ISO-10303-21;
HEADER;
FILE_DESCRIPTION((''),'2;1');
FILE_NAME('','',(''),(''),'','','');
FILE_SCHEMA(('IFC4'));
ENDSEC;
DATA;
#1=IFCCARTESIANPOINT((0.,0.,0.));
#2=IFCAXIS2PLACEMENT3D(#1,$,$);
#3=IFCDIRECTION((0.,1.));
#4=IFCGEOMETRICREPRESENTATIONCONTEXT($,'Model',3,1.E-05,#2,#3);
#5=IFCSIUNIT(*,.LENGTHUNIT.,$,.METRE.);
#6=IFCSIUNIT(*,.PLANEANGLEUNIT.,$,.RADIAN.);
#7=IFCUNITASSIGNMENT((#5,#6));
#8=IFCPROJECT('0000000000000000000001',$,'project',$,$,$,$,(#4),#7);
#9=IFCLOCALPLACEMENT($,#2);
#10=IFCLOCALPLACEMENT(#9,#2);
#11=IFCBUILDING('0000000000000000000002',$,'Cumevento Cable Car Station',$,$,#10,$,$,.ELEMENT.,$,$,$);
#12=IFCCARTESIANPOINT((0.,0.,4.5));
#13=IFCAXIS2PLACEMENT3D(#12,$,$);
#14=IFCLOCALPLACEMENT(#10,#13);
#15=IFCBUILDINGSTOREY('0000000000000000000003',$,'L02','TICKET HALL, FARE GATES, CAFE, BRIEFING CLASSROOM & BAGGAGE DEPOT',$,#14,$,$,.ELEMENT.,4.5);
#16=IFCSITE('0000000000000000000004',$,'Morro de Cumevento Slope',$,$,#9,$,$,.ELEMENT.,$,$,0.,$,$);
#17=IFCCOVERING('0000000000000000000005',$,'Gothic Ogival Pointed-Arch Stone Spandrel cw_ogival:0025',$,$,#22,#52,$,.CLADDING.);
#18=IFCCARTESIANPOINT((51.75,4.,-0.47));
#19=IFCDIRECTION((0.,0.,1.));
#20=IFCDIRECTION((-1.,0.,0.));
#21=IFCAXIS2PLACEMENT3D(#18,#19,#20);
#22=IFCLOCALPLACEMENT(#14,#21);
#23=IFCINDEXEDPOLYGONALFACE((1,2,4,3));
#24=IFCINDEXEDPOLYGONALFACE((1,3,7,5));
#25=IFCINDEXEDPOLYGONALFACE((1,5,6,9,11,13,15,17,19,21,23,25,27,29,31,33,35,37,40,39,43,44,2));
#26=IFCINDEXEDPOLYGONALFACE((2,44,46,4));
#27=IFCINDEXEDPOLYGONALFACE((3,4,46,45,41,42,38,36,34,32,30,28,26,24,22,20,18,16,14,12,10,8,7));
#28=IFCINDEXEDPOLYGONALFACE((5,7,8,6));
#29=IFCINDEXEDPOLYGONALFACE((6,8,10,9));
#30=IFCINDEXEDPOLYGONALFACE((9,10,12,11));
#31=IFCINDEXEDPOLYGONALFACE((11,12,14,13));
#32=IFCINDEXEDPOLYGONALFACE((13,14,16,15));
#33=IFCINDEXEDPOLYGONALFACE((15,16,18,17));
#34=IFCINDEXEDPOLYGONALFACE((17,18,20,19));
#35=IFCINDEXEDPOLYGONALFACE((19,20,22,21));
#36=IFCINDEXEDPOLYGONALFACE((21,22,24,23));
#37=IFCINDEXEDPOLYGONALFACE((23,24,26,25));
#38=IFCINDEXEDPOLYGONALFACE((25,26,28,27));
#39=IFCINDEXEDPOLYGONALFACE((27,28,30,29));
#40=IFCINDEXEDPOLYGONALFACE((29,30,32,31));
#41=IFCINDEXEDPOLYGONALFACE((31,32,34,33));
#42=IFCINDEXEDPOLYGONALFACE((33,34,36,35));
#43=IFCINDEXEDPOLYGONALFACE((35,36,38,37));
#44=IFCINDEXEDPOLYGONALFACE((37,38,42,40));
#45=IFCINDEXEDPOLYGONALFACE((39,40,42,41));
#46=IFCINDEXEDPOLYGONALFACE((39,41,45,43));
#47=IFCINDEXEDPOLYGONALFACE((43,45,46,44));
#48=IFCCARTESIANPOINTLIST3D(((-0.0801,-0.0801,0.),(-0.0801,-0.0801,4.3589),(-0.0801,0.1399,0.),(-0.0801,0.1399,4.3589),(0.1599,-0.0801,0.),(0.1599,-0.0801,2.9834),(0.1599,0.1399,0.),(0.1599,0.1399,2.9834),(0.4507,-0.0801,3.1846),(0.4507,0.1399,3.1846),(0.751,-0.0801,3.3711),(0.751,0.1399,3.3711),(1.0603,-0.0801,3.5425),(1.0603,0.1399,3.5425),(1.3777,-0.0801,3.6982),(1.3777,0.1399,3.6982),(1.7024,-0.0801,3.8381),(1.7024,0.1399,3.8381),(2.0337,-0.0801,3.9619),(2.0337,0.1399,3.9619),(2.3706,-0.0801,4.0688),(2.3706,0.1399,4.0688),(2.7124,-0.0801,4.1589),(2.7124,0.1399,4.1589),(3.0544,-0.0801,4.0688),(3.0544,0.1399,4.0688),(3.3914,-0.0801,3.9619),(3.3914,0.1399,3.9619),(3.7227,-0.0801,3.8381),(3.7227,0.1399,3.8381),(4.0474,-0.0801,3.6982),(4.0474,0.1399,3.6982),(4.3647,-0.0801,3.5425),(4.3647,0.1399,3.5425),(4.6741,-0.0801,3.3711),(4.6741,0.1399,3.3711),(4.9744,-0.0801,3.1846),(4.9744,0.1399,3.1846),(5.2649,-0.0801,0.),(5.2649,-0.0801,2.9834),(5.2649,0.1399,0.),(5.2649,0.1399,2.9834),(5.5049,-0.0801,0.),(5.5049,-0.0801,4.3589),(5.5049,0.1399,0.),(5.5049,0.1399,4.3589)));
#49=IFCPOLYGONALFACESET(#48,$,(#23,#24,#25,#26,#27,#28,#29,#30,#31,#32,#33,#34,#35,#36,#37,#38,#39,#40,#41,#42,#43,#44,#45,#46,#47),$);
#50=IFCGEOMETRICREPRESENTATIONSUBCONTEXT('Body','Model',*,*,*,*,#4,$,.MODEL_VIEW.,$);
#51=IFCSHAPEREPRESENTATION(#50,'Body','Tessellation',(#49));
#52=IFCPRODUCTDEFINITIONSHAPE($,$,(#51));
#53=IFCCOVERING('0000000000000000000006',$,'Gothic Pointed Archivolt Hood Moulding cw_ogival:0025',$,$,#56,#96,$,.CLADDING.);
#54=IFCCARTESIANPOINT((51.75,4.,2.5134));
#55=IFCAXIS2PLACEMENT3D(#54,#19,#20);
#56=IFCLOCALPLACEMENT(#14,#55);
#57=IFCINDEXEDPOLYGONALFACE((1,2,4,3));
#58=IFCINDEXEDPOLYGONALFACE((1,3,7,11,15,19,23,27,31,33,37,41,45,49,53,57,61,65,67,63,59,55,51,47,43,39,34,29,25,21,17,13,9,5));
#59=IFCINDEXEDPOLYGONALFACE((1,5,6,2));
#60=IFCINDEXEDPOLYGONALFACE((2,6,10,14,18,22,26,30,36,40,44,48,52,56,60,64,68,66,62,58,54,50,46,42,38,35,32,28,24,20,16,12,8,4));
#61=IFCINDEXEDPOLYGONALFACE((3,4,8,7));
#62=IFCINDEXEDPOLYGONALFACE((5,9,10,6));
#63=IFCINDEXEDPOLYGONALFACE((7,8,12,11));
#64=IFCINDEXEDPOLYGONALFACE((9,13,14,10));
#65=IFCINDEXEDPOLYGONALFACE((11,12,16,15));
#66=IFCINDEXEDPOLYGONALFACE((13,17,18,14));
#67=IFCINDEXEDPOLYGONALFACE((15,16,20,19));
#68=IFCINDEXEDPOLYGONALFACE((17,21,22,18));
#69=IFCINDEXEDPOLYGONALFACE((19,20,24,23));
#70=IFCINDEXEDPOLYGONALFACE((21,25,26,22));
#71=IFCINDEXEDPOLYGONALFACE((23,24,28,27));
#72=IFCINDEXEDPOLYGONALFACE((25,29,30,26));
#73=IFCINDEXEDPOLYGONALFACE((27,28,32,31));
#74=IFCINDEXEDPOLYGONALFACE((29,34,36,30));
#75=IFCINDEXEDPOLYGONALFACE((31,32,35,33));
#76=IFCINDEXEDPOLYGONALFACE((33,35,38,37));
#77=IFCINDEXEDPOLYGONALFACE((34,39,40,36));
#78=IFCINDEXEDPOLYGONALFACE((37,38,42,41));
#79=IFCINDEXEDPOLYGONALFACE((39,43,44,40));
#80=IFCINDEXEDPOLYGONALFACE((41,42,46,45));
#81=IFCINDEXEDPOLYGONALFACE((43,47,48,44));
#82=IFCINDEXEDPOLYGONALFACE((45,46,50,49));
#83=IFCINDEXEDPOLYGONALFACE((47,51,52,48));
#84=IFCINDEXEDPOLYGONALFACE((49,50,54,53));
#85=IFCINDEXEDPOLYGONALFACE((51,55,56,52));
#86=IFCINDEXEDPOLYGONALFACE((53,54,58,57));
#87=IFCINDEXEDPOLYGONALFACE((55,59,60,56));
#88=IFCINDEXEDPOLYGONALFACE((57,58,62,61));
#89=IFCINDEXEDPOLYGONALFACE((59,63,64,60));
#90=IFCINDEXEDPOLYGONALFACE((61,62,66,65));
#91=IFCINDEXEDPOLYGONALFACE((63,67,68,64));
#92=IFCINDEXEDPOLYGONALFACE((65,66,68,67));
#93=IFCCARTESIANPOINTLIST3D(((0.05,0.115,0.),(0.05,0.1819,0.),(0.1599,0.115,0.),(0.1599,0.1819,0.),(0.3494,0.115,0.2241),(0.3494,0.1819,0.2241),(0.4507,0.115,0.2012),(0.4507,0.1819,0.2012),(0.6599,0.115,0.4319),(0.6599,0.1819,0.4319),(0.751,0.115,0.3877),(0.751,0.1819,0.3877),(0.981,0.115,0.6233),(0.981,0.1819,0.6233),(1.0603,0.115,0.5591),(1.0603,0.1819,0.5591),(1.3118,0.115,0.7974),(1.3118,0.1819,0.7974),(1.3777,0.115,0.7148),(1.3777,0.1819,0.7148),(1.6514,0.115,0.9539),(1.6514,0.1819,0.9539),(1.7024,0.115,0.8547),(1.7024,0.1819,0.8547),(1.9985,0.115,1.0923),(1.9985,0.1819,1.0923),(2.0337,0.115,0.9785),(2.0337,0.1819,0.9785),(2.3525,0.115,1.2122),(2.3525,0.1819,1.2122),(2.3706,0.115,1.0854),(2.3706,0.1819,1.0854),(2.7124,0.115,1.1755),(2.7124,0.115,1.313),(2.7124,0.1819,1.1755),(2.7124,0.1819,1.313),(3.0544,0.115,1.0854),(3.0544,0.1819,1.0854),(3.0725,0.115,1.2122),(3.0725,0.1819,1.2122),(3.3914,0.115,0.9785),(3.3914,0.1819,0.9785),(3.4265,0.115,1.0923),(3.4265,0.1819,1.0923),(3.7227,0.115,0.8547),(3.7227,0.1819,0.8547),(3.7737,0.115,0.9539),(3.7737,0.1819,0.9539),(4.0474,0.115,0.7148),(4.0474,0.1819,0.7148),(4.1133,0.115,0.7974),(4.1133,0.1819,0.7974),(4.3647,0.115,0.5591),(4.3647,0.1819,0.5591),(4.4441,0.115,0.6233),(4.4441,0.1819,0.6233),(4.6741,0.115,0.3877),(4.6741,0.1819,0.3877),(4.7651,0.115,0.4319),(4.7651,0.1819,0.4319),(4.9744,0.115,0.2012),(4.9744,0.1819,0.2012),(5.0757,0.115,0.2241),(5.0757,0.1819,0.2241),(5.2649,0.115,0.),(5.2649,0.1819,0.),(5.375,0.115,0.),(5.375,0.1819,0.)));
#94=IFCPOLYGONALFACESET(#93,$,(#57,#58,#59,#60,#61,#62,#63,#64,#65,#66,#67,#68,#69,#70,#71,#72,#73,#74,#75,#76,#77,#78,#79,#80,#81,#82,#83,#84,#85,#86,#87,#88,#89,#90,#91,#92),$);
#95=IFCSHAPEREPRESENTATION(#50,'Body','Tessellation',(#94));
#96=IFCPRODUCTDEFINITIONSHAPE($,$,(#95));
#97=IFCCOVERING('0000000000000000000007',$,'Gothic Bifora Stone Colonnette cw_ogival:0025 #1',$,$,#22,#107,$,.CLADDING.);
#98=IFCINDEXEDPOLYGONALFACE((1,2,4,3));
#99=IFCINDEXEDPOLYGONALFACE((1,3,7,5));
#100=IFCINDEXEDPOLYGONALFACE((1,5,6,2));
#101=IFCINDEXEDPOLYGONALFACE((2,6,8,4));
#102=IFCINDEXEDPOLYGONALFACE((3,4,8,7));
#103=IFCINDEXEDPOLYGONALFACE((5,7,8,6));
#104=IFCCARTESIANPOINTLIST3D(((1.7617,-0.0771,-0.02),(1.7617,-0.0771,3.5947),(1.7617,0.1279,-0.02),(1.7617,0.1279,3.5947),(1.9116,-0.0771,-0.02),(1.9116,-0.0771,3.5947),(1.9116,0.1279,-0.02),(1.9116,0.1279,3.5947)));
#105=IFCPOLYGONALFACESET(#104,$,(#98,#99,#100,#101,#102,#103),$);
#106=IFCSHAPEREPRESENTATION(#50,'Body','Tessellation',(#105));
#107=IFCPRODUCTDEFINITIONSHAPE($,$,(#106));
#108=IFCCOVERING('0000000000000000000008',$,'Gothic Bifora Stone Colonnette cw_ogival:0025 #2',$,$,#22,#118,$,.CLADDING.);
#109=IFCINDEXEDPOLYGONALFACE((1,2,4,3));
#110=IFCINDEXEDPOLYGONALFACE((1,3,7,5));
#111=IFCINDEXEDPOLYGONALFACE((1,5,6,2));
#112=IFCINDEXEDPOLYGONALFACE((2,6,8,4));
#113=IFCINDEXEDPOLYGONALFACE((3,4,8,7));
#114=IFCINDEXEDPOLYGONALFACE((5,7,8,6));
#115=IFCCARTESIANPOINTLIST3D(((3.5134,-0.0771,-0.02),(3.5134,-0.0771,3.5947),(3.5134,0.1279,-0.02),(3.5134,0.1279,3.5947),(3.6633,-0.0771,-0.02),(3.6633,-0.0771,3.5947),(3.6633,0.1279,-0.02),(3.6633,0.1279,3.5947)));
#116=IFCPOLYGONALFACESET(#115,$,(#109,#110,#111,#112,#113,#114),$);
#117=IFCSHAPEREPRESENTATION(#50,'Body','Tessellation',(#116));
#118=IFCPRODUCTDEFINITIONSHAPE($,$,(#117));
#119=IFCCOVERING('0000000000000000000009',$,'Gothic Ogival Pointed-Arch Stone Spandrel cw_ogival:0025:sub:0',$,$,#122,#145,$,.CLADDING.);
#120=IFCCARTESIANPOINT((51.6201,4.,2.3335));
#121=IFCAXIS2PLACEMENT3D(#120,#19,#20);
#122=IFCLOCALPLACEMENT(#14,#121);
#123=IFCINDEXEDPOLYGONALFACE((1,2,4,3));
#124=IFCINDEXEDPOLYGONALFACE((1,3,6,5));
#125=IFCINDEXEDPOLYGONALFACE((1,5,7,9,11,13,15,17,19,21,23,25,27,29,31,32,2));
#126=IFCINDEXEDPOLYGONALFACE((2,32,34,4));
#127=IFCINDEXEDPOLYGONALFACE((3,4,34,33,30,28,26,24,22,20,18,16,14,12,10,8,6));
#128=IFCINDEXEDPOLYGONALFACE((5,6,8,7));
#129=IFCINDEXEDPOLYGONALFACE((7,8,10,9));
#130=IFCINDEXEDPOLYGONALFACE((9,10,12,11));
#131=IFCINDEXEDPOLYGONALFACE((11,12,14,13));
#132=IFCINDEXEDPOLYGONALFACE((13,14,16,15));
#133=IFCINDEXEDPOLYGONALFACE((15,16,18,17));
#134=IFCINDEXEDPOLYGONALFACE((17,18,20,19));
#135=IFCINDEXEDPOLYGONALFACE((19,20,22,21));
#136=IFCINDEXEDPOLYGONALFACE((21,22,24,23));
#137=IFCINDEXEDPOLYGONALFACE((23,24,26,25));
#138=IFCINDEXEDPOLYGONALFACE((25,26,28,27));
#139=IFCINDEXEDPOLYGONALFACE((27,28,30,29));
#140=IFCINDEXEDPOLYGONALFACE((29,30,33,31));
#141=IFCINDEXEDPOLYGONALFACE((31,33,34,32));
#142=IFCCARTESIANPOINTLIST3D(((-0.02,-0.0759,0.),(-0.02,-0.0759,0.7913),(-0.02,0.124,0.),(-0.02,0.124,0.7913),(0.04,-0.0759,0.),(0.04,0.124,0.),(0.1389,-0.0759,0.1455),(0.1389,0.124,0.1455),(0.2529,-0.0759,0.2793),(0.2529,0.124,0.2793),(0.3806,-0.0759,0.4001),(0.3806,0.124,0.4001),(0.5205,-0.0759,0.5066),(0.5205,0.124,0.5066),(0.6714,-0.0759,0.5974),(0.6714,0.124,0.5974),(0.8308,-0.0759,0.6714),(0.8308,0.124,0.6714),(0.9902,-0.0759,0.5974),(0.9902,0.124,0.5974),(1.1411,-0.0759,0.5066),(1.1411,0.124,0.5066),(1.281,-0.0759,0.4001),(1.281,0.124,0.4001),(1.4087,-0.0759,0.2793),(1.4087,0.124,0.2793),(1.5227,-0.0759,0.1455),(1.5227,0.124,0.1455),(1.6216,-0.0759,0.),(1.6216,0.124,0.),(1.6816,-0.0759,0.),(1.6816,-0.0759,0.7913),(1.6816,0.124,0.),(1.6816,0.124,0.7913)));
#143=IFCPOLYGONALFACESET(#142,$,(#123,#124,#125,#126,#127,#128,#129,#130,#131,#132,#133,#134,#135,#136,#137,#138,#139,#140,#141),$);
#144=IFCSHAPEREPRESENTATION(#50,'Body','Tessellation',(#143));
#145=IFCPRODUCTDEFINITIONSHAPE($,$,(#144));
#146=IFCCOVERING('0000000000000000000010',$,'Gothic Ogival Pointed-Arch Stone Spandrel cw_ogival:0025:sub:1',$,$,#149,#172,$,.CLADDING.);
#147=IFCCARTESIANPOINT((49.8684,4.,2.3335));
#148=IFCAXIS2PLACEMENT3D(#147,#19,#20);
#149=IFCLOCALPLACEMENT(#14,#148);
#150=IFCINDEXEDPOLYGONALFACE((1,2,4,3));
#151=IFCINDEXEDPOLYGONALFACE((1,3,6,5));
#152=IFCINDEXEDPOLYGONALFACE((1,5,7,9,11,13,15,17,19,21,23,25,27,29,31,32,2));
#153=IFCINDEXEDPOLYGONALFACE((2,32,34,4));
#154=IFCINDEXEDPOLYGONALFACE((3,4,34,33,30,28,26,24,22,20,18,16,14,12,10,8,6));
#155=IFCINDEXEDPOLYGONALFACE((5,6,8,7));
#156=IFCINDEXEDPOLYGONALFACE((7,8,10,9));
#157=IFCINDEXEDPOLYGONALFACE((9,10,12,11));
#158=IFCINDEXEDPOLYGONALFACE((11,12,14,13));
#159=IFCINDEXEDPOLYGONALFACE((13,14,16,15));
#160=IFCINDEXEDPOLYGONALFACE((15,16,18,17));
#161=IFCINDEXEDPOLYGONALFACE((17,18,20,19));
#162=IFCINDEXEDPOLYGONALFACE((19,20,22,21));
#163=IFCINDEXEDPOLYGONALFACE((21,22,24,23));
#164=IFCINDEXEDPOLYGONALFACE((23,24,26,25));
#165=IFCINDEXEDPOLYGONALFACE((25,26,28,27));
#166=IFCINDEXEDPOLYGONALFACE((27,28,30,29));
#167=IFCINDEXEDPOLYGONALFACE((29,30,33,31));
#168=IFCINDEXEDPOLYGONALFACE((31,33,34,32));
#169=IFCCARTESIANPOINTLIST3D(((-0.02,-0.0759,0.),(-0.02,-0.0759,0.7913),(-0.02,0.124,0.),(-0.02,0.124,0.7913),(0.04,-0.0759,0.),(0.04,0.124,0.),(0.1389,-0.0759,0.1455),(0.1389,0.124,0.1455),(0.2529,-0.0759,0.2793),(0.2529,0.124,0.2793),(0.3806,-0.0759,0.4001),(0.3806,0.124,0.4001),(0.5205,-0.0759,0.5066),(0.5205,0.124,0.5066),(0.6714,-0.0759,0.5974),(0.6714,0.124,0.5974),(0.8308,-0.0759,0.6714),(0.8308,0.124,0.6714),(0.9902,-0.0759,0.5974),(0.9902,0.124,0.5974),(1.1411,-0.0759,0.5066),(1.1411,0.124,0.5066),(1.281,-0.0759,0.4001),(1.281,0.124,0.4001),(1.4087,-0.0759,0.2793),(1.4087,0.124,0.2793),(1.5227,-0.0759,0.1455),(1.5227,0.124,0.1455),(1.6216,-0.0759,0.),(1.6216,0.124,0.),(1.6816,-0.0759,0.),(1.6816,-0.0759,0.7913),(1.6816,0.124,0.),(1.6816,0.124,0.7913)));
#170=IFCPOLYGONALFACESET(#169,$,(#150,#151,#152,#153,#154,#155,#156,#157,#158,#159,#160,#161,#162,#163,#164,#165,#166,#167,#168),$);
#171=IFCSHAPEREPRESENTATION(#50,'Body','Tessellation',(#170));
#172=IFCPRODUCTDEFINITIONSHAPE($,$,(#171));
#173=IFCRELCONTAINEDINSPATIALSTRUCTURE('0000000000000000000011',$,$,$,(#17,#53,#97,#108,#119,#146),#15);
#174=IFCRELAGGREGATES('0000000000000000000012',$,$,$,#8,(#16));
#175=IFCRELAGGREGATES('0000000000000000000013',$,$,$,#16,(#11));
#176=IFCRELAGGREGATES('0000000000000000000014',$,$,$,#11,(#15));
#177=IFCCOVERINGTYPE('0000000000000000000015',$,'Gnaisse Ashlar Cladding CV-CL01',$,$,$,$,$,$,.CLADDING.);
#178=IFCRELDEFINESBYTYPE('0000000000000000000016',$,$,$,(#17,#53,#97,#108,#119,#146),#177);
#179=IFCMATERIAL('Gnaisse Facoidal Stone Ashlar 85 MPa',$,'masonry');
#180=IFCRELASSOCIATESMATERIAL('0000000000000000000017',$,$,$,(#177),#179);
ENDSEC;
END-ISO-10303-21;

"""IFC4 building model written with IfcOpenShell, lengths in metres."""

from ifc_helpers import new_model, si_unit, direction, frame, origin, place, context, subcontext, project, spatial, polyline, outline, extrude, material, type_object, element, save


model = new_model("IFC4")

# Units and contexts
model_context = context("Model", 3, precision=1e-05, world=origin(), true_north=direction((0.0, 1.0)))
body_context = subcontext(model_context, "Body", "Model", "MODEL_VIEW")
ifc_project = project(units=[si_unit("LENGTHUNIT", "METRE"), si_unit("PLANEANGLEUNIT", "RADIAN")], contexts=[model_context])

# Site, building, storey
site_placement = place(None, origin())
site = spatial("IfcSite", under=ifc_project, at=site_placement, Name="Morro de Cumevento Slope", CompositionType="ELEMENT", RefElevation=0.0)
building_placement = place(site_placement, origin())
building = spatial("IfcBuilding", under=site, at=building_placement, Name="Cumevento Cable Car Station", CompositionType="ELEMENT")
storey_placement = place(building_placement, frame((0.0, 0.0, 4.5)))
storey = spatial("IfcBuildingStorey", under=building, at=storey_placement, Name="L02", Description="TICKET HALL, FARE GATES, CAFE, BRIEFING CLASSROOM & BAGGAGE DEPOT", CompositionType="ELEMENT", Elevation=4.5)

# Coverings
ifc_material_1 = material(Name="Gnaisse Facoidal Stone Ashlar 85 MPa", Category="masonry")
covering_type = type_object("IfcCoveringType", Name="Gnaisse Ashlar Cladding CV-CL01", PredefinedType="CLADDING", material=ifc_material_1)
placement = place(storey_placement, frame((51.75, 4.0, -0.47), z_axis=(0.0, 0.0, 1.0), x_axis=(-1.0, 0.0, 0.0)))
element("IfcCovering", 1, at=placement, inside=storey, type_object=covering_type, Name="Gothic Ogival Pointed-Arch Stone Spandrel cw_ogival:0025", PredefinedType="CLADDING", context=body_context, shape_type="SweptSolid", body=[
    extrude(outline(polyline([(-0.0801, 0.0), (-0.0801, 4.3589), (5.5049, 4.3589), (5.5049, 0.0), (5.2649, 0.0), (5.2649, 2.9834), (4.9744, 3.1846), (4.6741, 3.3711), (4.3647, 3.5425), (4.0474, 3.6982), (3.7227, 3.8381), (3.3914, 3.9619), (3.0544, 4.0688), (2.7124, 4.1589), (2.3706, 4.0688), (2.0337, 3.9619), (1.7024, 3.8381), (1.3777, 3.6982), (1.0603, 3.5425), (0.751, 3.3711), (0.4507, 3.1846), (0.1599, 2.9834), (0.1599, 0.0), (-0.0801, 0.0)])), frame((0.0, 0.1399, 0.0), z_axis=(0.0, -1.0, 0.0), x_axis=(1.0, 0.0, 0.0)), (0.0, 0.0, 1.0), 0.22),
])
covering_1_placement = place(storey_placement, frame((51.75, 4.0, 2.5134), z_axis=(0.0, 0.0, 1.0), x_axis=(-1.0, 0.0, 0.0)))
element("IfcCovering", 2, at=covering_1_placement, inside=storey, type_object=covering_type, Name="Gothic Pointed Archivolt Hood Moulding cw_ogival:0025", PredefinedType="CLADDING", context=body_context, shape_type="SweptSolid", body=[
    extrude(outline(polyline([(0.1599, 0.0), (0.4507, 0.2012), (0.751, 0.3877), (1.0603, 0.5591), (1.3777, 0.7148), (1.7024, 0.8547), (2.0337, 0.9785), (2.3706, 1.0854), (2.7124, 1.1755), (3.0544, 1.0854), (3.3914, 0.9785), (3.7227, 0.8547), (4.0474, 0.7148), (4.3647, 0.5591), (4.6741, 0.3877), (4.9744, 0.2012), (5.2649, 0.0), (5.375, 0.0), (5.0757, 0.2241), (4.7651, 0.4319), (4.4441, 0.6233), (4.1133, 0.7974), (3.7737, 0.9539), (3.4265, 1.0923), (3.0725, 1.2122), (2.7124, 1.313), (2.3525, 1.2122), (1.9985, 1.0923), (1.6514, 0.9539), (1.3118, 0.7974), (0.981, 0.6233), (0.6599, 0.4319), (0.3494, 0.2241), (0.05, 0.0), (0.1599, 0.0)])), frame((0.0, 0.1819, 0.0), z_axis=(0.0, -1.0, 0.0), x_axis=(1.0, 0.0, 0.0)), (0.0, 0.0, 1.0), 0.0669),
])
element("IfcCovering", 3, at=placement, inside=storey, type_object=covering_type, Name="Gothic Bifora Stone Colonnette cw_ogival:0025 #1", PredefinedType="CLADDING", context=body_context, shape_type="SweptSolid", body=[
    extrude(outline(polyline([(1.7617, -0.02), (1.9116, -0.02), (1.9116, 3.5947), (1.7617, 3.5947), (1.7617, -0.02)])), frame((0.0, 0.1279, 0.0), z_axis=(0.0, -1.0, 0.0), x_axis=(1.0, 0.0, 0.0)), (0.0, 0.0, 1.0), 0.2051),
])
element("IfcCovering", 4, at=placement, inside=storey, type_object=covering_type, Name="Gothic Bifora Stone Colonnette cw_ogival:0025 #2", PredefinedType="CLADDING", context=body_context, shape_type="SweptSolid", body=[
    extrude(outline(polyline([(3.5134, -0.02), (3.6633, -0.02), (3.6633, 3.5947), (3.5134, 3.5947), (3.5134, -0.02)])), frame((0.0, 0.1279, 0.0), z_axis=(0.0, -1.0, 0.0), x_axis=(1.0, 0.0, 0.0)), (0.0, 0.0, 1.0), 0.2051),
])
for number, where, z_axis, x_axis, name in (
    (5, (51.6201, 4.0, 2.3335), (0.0, 0.0, 1.0), (-1.0, 0.0, 0.0), "Gothic Ogival Pointed-Arch Stone Spandrel cw_ogival:0025:sub:0"),
    (6, (49.8684, 4.0, 2.3335), (0.0, 0.0, 1.0), (-1.0, 0.0, 0.0), "Gothic Ogival Pointed-Arch Stone Spandrel cw_ogival:0025:sub:1"),
):
    element("IfcCovering", number, at=place(storey_placement, frame(where, z_axis=z_axis, x_axis=x_axis)), inside=storey, type_object=covering_type, Name=name, PredefinedType="CLADDING", context=body_context, shape_type="SweptSolid", body=[
        extrude(outline(polyline([(-0.02, 0.0), (-0.02, 0.7913), (1.6816, 0.7913), (1.6816, 0.0), (1.6216, 0.0), (1.5227, 0.1455), (1.4087, 0.2793), (1.281, 0.4001), (1.1411, 0.5066), (0.9902, 0.5974), (0.8308, 0.6714), (0.6714, 0.5974), (0.5205, 0.5066), (0.3806, 0.4001), (0.2529, 0.2793), (0.1389, 0.1455), (0.04, 0.0), (-0.02, 0.0)])), frame((0.0, 0.124, 0.0), z_axis=(0.0, -1.0, 0.0), x_axis=(1.0, 0.0, 0.0)), (0.0, 0.0, 1.0), 0.2),
    ])

save(model, "model.ifc")
